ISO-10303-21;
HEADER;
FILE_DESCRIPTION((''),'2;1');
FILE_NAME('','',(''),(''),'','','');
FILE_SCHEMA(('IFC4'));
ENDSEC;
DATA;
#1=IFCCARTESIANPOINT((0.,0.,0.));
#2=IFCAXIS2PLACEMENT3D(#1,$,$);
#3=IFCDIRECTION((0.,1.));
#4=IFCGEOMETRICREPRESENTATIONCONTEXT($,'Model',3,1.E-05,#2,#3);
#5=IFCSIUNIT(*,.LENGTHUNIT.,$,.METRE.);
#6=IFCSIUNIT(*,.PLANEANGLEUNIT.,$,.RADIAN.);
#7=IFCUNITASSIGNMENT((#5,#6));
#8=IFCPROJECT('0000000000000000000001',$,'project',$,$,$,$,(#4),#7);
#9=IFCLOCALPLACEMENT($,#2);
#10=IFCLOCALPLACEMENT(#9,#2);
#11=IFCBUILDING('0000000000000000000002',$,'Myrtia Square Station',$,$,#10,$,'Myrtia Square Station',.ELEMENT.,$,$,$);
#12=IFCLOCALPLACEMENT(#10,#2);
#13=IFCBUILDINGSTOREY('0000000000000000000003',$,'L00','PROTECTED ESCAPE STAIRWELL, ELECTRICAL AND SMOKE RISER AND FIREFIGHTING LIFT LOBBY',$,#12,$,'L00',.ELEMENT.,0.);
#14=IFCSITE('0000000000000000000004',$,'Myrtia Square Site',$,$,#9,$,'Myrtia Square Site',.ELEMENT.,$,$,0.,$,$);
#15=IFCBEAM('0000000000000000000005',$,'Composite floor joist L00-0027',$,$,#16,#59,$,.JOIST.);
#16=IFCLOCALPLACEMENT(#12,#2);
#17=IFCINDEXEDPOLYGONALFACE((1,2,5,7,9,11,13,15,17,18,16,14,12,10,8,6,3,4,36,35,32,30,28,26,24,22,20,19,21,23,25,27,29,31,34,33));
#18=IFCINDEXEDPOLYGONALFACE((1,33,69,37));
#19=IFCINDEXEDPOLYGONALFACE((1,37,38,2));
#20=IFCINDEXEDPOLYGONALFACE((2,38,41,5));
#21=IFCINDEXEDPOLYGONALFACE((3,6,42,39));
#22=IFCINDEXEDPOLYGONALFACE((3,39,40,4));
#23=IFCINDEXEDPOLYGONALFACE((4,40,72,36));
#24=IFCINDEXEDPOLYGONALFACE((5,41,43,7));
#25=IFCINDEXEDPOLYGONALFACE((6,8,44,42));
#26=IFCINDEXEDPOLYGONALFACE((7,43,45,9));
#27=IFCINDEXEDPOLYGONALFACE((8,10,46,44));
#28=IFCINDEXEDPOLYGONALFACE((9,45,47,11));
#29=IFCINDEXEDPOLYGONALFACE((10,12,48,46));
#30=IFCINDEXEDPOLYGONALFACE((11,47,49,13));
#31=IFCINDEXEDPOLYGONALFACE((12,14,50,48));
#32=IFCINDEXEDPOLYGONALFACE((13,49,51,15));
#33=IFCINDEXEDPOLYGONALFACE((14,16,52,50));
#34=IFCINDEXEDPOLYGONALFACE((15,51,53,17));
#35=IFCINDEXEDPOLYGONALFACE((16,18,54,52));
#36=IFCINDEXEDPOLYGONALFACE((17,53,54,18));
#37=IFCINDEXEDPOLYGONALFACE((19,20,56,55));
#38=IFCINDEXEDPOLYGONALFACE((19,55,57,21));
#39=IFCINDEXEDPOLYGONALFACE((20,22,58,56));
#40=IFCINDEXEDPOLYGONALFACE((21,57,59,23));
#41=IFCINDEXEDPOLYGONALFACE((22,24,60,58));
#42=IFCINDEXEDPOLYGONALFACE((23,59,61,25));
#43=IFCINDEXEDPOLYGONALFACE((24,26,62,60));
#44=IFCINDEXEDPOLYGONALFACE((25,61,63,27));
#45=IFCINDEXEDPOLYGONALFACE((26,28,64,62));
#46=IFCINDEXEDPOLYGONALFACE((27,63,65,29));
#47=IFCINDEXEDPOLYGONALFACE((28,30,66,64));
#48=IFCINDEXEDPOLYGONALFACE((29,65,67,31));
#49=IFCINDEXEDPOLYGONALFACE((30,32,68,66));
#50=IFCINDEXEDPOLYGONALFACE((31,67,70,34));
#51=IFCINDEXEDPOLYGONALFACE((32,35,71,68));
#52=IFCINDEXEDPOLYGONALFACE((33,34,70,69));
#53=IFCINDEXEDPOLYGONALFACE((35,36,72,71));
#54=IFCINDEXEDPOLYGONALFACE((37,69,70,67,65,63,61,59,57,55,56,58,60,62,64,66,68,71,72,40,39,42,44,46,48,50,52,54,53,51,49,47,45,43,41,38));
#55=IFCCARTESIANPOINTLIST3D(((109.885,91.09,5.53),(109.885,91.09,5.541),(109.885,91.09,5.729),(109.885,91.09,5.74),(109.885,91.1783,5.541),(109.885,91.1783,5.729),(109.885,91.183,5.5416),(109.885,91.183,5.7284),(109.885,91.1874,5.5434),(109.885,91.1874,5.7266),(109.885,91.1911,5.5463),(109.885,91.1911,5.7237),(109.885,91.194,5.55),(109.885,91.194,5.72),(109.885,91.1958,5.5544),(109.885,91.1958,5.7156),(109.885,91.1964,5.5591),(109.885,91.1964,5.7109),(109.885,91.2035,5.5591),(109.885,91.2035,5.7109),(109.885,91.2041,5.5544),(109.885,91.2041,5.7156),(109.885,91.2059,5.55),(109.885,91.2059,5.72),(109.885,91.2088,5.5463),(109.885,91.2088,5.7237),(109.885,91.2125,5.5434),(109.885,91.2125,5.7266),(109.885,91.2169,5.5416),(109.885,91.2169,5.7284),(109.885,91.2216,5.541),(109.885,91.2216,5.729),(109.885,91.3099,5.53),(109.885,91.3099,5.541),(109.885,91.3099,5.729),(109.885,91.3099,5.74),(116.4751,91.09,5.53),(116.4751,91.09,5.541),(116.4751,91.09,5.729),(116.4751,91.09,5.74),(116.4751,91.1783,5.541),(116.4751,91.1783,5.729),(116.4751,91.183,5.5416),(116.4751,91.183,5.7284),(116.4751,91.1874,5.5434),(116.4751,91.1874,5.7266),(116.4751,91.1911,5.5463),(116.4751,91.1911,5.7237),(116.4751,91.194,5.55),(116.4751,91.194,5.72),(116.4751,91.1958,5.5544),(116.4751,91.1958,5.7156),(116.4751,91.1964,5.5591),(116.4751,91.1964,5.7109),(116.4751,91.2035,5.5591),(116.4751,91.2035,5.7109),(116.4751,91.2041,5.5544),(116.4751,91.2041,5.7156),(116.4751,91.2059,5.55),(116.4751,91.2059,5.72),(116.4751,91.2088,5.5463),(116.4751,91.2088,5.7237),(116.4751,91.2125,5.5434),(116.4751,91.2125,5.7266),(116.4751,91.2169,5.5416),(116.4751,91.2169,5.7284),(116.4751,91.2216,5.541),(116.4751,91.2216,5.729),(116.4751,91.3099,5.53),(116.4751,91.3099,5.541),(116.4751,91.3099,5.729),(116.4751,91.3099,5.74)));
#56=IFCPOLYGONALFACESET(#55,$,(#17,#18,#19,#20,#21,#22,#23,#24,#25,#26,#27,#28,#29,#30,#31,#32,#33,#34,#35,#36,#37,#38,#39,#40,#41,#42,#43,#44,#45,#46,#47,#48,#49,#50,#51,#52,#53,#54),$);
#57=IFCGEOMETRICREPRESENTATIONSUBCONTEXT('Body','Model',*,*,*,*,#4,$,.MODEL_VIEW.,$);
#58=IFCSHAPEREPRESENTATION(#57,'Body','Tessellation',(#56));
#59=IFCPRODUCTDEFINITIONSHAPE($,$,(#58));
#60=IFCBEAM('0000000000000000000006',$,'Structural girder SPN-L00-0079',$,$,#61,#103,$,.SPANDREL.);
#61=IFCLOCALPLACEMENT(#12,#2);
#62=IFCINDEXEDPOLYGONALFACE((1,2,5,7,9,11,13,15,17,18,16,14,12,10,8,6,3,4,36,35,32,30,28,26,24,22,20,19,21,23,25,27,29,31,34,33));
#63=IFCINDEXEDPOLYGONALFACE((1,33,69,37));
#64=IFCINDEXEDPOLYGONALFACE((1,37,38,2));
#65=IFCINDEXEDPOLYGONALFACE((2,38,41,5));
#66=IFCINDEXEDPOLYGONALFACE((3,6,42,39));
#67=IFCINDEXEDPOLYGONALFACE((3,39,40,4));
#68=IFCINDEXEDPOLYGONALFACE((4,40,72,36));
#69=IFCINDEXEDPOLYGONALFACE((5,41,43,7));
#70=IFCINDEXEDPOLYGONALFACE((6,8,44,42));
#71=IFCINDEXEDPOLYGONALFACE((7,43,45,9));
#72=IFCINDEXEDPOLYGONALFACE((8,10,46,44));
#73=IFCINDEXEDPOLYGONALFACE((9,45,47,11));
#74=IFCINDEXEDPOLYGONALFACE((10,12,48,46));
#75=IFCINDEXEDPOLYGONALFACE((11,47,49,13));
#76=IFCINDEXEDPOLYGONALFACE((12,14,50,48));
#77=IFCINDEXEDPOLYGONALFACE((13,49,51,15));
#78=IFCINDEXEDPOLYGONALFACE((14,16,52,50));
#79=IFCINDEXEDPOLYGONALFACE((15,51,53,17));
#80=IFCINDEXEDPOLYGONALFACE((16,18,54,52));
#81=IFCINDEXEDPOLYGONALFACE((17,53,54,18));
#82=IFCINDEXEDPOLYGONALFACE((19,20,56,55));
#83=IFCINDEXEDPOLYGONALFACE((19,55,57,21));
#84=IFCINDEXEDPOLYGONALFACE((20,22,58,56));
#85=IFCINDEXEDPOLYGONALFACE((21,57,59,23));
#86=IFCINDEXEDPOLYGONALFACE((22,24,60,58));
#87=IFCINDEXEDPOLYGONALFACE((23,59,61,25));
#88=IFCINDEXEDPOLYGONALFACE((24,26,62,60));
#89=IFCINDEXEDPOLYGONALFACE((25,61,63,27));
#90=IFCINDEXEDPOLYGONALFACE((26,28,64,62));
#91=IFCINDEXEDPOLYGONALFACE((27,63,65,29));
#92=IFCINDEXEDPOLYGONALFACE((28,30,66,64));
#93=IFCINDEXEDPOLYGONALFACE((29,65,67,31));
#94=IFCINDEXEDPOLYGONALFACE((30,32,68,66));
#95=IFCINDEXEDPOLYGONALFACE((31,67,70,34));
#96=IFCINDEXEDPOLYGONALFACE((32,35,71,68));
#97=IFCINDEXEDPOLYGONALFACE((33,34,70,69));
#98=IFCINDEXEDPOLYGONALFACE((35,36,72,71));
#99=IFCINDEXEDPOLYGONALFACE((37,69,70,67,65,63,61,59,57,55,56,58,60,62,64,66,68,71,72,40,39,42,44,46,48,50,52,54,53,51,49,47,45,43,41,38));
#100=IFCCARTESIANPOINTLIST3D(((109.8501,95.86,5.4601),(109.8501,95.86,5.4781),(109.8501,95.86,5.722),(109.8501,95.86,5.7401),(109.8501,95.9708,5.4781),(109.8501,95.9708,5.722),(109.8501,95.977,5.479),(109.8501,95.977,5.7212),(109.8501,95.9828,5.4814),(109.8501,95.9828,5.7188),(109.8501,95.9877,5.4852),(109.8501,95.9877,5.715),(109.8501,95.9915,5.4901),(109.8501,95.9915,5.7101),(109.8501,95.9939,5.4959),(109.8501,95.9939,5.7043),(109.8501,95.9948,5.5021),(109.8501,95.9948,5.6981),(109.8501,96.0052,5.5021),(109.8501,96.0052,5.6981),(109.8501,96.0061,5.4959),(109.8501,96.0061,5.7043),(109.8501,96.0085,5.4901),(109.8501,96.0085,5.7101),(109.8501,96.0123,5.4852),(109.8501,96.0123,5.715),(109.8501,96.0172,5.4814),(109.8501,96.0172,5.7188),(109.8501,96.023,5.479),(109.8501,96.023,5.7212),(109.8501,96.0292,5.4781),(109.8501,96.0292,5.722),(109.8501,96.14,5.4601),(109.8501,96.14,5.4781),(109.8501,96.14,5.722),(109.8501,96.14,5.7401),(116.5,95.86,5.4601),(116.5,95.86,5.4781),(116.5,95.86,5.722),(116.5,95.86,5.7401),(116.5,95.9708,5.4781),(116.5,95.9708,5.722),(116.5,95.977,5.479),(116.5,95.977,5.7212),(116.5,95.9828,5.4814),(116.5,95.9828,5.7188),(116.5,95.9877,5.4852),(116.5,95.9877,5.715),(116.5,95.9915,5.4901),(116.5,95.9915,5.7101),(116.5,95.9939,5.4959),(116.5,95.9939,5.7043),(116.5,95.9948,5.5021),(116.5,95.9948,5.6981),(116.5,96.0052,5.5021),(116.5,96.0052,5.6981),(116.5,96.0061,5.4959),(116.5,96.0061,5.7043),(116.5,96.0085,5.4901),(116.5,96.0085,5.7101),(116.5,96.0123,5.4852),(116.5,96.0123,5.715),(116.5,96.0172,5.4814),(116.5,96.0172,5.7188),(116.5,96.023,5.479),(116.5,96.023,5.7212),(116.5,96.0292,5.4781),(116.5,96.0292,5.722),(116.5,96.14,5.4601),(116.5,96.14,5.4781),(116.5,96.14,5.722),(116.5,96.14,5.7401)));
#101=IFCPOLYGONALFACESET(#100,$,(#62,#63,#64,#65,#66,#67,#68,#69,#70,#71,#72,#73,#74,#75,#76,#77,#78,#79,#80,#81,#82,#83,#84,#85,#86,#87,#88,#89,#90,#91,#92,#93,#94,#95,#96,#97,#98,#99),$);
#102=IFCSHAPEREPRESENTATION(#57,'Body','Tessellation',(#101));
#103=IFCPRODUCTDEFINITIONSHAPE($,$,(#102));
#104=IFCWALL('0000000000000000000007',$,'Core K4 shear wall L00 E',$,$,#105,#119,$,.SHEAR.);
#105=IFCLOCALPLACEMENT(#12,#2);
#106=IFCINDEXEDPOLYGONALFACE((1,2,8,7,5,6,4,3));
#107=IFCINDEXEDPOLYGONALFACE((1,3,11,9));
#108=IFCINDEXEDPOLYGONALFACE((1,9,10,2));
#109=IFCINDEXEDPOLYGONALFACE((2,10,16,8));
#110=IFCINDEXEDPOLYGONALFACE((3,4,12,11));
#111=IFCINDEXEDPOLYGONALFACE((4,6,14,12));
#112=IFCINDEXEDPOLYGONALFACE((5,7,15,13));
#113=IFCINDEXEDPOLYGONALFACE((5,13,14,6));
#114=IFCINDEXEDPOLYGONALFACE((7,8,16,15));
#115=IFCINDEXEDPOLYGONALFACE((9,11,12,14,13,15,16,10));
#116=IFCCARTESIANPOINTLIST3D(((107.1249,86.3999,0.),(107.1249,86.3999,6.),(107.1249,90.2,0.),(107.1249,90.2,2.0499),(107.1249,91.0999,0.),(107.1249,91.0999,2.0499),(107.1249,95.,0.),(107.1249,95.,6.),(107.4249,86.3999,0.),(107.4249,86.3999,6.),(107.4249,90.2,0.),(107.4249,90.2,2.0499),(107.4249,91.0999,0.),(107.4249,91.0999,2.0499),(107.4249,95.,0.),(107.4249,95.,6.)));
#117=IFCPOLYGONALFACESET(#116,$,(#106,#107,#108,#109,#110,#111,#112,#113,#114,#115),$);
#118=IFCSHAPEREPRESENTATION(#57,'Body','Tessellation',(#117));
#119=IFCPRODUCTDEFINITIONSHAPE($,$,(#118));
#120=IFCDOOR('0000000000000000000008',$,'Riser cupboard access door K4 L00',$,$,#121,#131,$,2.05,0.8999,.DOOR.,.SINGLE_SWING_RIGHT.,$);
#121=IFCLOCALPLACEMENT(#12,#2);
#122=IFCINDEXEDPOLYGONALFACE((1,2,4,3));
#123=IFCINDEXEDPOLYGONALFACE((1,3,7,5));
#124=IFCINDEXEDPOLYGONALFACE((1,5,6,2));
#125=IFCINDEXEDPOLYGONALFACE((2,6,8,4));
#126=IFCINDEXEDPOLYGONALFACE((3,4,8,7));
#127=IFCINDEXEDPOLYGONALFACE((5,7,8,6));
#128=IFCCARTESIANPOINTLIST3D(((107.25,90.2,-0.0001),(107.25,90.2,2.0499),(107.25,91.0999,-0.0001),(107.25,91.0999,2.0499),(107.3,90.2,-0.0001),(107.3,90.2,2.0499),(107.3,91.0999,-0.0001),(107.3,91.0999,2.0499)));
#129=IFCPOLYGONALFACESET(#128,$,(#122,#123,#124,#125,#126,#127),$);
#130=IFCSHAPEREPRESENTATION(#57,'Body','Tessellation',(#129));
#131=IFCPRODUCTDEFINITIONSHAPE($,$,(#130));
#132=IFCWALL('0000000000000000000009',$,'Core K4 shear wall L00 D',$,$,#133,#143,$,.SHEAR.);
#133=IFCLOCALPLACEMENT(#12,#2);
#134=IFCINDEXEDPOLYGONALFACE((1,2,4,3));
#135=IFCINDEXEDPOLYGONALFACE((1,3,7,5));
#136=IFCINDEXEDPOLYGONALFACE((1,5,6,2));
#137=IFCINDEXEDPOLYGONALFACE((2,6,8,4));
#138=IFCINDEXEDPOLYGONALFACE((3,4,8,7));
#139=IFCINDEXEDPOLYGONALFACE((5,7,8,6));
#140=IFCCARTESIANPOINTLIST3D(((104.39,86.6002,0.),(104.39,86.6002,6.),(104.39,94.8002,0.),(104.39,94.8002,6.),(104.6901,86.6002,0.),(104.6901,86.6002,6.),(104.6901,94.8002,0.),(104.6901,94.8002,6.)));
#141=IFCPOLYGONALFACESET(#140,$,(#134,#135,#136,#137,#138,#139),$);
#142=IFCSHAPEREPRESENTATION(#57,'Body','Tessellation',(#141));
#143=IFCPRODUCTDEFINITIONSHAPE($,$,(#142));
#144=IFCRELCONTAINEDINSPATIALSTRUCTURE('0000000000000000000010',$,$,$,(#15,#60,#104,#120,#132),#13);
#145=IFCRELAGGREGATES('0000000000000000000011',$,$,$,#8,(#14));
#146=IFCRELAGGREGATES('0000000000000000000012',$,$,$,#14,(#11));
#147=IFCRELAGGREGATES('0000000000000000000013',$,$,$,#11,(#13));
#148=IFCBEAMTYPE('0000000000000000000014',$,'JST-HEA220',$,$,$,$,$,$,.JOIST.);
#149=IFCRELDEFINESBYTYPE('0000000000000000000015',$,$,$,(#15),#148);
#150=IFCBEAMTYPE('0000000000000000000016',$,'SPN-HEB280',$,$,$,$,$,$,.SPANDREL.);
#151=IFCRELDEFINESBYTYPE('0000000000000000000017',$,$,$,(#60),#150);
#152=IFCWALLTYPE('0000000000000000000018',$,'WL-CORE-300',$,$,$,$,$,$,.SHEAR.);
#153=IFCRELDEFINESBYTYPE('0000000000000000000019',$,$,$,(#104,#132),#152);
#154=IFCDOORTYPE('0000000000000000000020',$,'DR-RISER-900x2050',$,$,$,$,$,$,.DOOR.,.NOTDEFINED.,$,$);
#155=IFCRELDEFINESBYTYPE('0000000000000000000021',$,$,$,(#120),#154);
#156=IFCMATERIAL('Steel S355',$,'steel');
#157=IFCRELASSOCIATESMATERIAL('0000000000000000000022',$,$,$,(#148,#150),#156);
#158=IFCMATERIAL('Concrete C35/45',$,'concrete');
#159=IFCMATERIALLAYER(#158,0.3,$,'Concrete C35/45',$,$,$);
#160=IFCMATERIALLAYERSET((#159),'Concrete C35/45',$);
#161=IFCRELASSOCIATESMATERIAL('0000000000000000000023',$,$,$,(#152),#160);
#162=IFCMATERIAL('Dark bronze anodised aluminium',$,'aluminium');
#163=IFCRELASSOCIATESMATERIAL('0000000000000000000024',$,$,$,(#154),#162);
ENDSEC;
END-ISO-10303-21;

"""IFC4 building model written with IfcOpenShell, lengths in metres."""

from ifc_helpers import new_model, si_unit, direction, frame, frame_2d, origin, origin_2d, place, context, subcontext, project, spatial, rectangle, i_section, extrude, material, layer, layer_set, material_profile, profile_set, type_object, element, fill, save


model = new_model("IFC4")

# Units and contexts
model_context = context("Model", 3, precision=1e-05, world=origin(), true_north=direction((0.0, 1.0)))
body_context = subcontext(model_context, "Body", "Model", "MODEL_VIEW")
ifc_project = project(units=[si_unit("LENGTHUNIT", "METRE"), si_unit("PLANEANGLEUNIT", "RADIAN")], contexts=[model_context])

# Site, building, storey
site_placement = place(None, origin())
site = spatial("IfcSite", under=ifc_project, at=site_placement, Name="Myrtia Square Site", LongName="Myrtia Square Site", CompositionType="ELEMENT", RefElevation=0.0)
building_placement = place(site_placement, origin())
building = spatial("IfcBuilding", under=site, at=building_placement, Name="Myrtia Square Station", LongName="Myrtia Square Station", CompositionType="ELEMENT")
storey_placement = place(building_placement, origin())
storey = spatial("IfcBuildingStorey", under=building, at=storey_placement, Name="L00", Description="PROTECTED ESCAPE STAIRWELL, ELECTRICAL AND SMOKE RISER AND FIREFIGHTING LIFT LOBBY", LongName="L00", CompositionType="ELEMENT", Elevation=0.0)

# Shared definitions
ifc_material_1 = material(Name="Steel S355", Category="steel")

# Beams
ifc_material_profile_1 = material_profile(ifc_material_1, i_section(OverallWidth=0.22, OverallDepth=0.21, WebThickness=0.0071, FlangeThickness=0.011, FilletRadius=0.0181, at=origin_2d()), Name="HEA 220")
ifc_profile_set_1 = profile_set([ifc_material_profile_1], Name="Steel S355")
beam_type_1 = type_object("IfcBeamType", Name="JST-HEA220", PredefinedType="JOIST", material=ifc_profile_set_1)
beam_1_placement = place(storey_placement, frame((109.885, 91.2, 5.635), z_axis=(1.0, 0.0, 0.0), x_axis=(0.0, 1.0, 0.0)))
element("IfcBeam", 1, at=beam_1_placement, inside=storey, type_object=beam_type_1, Name="Composite floor joist L00-0027", PredefinedType="JOIST", context=body_context, shape_type="SweptSolid", body=[
    extrude(i_section(OverallWidth=0.22, OverallDepth=0.21, WebThickness=0.0071, FlangeThickness=0.011, FilletRadius=0.0181, at=origin_2d()), origin(), (0.0, 0.0, 1.0), 6.5901),
])
ifc_material_profile_2 = material_profile(ifc_material_1, i_section(OverallWidth=0.28, OverallDepth=0.28, WebThickness=0.0105, FlangeThickness=0.0181, FilletRadius=0.0239, at=origin_2d()), Name="HEB 280")
ifc_profile_set_2 = profile_set([ifc_material_profile_2], Name="Steel S355")
beam_type_2 = type_object("IfcBeamType", Name="SPN-HEB280", PredefinedType="SPANDREL", material=ifc_profile_set_2)
beam_2_placement = place(storey_placement, frame((109.8501, 96.0, 5.6001), z_axis=(1.0, 0.0, 0.0), x_axis=(0.0, 1.0, 0.0)))
element("IfcBeam", 2, at=beam_2_placement, inside=storey, type_object=beam_type_2, Name="Structural girder SPN-L00-0079", PredefinedType="SPANDREL", context=body_context, shape_type="SweptSolid", body=[
    extrude(i_section(OverallWidth=0.28, OverallDepth=0.28, WebThickness=0.0105, FlangeThickness=0.0181, FilletRadius=0.0239, at=origin_2d()), origin(), (0.0, 0.0, 1.0), 6.6499),
])

# Wall, opening, door
ifc_material_2 = material(Name="Concrete C35/45", Category="concrete")
ifc_layer_1 = layer(ifc_material_2, 0.3, Name="Concrete C35/45")
ifc_layer_set_1 = layer_set([ifc_layer_1], Name="Concrete C35/45")
wall_type_1 = type_object("IfcWallType", Name="WL-CORE-300", PredefinedType="SHEAR", material=ifc_layer_set_1)
wall_1_placement = place(storey_placement, frame((107.2749, 86.3999, 0.0), z_axis=(0.0, 0.0, 1.0), x_axis=(0.0, 1.0, 0.0)))
wall_1 = element("IfcWall", 3, at=wall_1_placement, inside=storey, type_object=wall_type_1, Name="Core K4 shear wall L00 E", PredefinedType="SHEAR", context=body_context, shape_type="SweptSolid", body=[
    extrude(rectangle(XDim=8.6001, YDim=0.3, at=frame_2d((4.3, 0.0))), origin(), (0.0, 0.0, 1.0), 6.0),
])
opening_1_placement = place(wall_1_placement, frame((3.8, 0.0, 0.0)))
opening_1 = element("IfcOpeningElement", 4, at=opening_1_placement, cuts=wall_1, PredefinedType="OPENING", context=body_context, shape_type="SweptSolid", body=[
    extrude(rectangle(XDim=0.8999, YDim=2.05, at=frame_2d((0.45, 1.0249))), frame((0.0, 0.165, 0.0), z_axis=(0.0, -1.0, 0.0), x_axis=(1.0, 0.0, 0.0)), (0.0, 0.0, 1.0), 0.3301),
])
ifc_material_3 = material(Name="Dark bronze anodised aluminium", Category="aluminium")
door_type_1 = type_object("IfcDoorType", Name="DR-RISER-900x2050", OperationType="NOTDEFINED", PredefinedType="DOOR", material=ifc_material_3)
door_1_placement = place(opening_1_placement, origin())
door_1 = element("IfcDoor", 5, at=door_1_placement, inside=storey, type_object=door_type_1, Name="Riser cupboard access door K4 L00", OperationType="SINGLE_SWING_RIGHT", OverallHeight=2.05, OverallWidth=0.8999, PredefinedType="DOOR", context=body_context, shape_type="SweptSolid", body=[
    extrude(rectangle(XDim=0.8999, YDim=2.05, at=frame_2d((0.45, 1.0249))), frame((0.0, 0.0249, 0.0), z_axis=(0.0, -1.0, 0.0), x_axis=(1.0, 0.0, 0.0)), (0.0, 0.0, 1.0), 0.05),
])
fill(opening_1, door_1)

# Wall
wall_2_placement = place(storey_placement, frame((104.54, 86.6001, 0.0), z_axis=(0.0, 0.0, 1.0), x_axis=(0.0, 1.0, 0.0)))
element("IfcWall", 6, at=wall_2_placement, inside=storey, type_object=wall_type_1, Name="Core K4 shear wall L00 D", PredefinedType="SHEAR", context=body_context, shape_type="SweptSolid", body=[
    extrude(rectangle(XDim=8.2, YDim=0.3, at=frame_2d((4.1001, 0.0))), origin(), (0.0, 0.0, 1.0), 6.0),
])

save(model, "model.ifc")
